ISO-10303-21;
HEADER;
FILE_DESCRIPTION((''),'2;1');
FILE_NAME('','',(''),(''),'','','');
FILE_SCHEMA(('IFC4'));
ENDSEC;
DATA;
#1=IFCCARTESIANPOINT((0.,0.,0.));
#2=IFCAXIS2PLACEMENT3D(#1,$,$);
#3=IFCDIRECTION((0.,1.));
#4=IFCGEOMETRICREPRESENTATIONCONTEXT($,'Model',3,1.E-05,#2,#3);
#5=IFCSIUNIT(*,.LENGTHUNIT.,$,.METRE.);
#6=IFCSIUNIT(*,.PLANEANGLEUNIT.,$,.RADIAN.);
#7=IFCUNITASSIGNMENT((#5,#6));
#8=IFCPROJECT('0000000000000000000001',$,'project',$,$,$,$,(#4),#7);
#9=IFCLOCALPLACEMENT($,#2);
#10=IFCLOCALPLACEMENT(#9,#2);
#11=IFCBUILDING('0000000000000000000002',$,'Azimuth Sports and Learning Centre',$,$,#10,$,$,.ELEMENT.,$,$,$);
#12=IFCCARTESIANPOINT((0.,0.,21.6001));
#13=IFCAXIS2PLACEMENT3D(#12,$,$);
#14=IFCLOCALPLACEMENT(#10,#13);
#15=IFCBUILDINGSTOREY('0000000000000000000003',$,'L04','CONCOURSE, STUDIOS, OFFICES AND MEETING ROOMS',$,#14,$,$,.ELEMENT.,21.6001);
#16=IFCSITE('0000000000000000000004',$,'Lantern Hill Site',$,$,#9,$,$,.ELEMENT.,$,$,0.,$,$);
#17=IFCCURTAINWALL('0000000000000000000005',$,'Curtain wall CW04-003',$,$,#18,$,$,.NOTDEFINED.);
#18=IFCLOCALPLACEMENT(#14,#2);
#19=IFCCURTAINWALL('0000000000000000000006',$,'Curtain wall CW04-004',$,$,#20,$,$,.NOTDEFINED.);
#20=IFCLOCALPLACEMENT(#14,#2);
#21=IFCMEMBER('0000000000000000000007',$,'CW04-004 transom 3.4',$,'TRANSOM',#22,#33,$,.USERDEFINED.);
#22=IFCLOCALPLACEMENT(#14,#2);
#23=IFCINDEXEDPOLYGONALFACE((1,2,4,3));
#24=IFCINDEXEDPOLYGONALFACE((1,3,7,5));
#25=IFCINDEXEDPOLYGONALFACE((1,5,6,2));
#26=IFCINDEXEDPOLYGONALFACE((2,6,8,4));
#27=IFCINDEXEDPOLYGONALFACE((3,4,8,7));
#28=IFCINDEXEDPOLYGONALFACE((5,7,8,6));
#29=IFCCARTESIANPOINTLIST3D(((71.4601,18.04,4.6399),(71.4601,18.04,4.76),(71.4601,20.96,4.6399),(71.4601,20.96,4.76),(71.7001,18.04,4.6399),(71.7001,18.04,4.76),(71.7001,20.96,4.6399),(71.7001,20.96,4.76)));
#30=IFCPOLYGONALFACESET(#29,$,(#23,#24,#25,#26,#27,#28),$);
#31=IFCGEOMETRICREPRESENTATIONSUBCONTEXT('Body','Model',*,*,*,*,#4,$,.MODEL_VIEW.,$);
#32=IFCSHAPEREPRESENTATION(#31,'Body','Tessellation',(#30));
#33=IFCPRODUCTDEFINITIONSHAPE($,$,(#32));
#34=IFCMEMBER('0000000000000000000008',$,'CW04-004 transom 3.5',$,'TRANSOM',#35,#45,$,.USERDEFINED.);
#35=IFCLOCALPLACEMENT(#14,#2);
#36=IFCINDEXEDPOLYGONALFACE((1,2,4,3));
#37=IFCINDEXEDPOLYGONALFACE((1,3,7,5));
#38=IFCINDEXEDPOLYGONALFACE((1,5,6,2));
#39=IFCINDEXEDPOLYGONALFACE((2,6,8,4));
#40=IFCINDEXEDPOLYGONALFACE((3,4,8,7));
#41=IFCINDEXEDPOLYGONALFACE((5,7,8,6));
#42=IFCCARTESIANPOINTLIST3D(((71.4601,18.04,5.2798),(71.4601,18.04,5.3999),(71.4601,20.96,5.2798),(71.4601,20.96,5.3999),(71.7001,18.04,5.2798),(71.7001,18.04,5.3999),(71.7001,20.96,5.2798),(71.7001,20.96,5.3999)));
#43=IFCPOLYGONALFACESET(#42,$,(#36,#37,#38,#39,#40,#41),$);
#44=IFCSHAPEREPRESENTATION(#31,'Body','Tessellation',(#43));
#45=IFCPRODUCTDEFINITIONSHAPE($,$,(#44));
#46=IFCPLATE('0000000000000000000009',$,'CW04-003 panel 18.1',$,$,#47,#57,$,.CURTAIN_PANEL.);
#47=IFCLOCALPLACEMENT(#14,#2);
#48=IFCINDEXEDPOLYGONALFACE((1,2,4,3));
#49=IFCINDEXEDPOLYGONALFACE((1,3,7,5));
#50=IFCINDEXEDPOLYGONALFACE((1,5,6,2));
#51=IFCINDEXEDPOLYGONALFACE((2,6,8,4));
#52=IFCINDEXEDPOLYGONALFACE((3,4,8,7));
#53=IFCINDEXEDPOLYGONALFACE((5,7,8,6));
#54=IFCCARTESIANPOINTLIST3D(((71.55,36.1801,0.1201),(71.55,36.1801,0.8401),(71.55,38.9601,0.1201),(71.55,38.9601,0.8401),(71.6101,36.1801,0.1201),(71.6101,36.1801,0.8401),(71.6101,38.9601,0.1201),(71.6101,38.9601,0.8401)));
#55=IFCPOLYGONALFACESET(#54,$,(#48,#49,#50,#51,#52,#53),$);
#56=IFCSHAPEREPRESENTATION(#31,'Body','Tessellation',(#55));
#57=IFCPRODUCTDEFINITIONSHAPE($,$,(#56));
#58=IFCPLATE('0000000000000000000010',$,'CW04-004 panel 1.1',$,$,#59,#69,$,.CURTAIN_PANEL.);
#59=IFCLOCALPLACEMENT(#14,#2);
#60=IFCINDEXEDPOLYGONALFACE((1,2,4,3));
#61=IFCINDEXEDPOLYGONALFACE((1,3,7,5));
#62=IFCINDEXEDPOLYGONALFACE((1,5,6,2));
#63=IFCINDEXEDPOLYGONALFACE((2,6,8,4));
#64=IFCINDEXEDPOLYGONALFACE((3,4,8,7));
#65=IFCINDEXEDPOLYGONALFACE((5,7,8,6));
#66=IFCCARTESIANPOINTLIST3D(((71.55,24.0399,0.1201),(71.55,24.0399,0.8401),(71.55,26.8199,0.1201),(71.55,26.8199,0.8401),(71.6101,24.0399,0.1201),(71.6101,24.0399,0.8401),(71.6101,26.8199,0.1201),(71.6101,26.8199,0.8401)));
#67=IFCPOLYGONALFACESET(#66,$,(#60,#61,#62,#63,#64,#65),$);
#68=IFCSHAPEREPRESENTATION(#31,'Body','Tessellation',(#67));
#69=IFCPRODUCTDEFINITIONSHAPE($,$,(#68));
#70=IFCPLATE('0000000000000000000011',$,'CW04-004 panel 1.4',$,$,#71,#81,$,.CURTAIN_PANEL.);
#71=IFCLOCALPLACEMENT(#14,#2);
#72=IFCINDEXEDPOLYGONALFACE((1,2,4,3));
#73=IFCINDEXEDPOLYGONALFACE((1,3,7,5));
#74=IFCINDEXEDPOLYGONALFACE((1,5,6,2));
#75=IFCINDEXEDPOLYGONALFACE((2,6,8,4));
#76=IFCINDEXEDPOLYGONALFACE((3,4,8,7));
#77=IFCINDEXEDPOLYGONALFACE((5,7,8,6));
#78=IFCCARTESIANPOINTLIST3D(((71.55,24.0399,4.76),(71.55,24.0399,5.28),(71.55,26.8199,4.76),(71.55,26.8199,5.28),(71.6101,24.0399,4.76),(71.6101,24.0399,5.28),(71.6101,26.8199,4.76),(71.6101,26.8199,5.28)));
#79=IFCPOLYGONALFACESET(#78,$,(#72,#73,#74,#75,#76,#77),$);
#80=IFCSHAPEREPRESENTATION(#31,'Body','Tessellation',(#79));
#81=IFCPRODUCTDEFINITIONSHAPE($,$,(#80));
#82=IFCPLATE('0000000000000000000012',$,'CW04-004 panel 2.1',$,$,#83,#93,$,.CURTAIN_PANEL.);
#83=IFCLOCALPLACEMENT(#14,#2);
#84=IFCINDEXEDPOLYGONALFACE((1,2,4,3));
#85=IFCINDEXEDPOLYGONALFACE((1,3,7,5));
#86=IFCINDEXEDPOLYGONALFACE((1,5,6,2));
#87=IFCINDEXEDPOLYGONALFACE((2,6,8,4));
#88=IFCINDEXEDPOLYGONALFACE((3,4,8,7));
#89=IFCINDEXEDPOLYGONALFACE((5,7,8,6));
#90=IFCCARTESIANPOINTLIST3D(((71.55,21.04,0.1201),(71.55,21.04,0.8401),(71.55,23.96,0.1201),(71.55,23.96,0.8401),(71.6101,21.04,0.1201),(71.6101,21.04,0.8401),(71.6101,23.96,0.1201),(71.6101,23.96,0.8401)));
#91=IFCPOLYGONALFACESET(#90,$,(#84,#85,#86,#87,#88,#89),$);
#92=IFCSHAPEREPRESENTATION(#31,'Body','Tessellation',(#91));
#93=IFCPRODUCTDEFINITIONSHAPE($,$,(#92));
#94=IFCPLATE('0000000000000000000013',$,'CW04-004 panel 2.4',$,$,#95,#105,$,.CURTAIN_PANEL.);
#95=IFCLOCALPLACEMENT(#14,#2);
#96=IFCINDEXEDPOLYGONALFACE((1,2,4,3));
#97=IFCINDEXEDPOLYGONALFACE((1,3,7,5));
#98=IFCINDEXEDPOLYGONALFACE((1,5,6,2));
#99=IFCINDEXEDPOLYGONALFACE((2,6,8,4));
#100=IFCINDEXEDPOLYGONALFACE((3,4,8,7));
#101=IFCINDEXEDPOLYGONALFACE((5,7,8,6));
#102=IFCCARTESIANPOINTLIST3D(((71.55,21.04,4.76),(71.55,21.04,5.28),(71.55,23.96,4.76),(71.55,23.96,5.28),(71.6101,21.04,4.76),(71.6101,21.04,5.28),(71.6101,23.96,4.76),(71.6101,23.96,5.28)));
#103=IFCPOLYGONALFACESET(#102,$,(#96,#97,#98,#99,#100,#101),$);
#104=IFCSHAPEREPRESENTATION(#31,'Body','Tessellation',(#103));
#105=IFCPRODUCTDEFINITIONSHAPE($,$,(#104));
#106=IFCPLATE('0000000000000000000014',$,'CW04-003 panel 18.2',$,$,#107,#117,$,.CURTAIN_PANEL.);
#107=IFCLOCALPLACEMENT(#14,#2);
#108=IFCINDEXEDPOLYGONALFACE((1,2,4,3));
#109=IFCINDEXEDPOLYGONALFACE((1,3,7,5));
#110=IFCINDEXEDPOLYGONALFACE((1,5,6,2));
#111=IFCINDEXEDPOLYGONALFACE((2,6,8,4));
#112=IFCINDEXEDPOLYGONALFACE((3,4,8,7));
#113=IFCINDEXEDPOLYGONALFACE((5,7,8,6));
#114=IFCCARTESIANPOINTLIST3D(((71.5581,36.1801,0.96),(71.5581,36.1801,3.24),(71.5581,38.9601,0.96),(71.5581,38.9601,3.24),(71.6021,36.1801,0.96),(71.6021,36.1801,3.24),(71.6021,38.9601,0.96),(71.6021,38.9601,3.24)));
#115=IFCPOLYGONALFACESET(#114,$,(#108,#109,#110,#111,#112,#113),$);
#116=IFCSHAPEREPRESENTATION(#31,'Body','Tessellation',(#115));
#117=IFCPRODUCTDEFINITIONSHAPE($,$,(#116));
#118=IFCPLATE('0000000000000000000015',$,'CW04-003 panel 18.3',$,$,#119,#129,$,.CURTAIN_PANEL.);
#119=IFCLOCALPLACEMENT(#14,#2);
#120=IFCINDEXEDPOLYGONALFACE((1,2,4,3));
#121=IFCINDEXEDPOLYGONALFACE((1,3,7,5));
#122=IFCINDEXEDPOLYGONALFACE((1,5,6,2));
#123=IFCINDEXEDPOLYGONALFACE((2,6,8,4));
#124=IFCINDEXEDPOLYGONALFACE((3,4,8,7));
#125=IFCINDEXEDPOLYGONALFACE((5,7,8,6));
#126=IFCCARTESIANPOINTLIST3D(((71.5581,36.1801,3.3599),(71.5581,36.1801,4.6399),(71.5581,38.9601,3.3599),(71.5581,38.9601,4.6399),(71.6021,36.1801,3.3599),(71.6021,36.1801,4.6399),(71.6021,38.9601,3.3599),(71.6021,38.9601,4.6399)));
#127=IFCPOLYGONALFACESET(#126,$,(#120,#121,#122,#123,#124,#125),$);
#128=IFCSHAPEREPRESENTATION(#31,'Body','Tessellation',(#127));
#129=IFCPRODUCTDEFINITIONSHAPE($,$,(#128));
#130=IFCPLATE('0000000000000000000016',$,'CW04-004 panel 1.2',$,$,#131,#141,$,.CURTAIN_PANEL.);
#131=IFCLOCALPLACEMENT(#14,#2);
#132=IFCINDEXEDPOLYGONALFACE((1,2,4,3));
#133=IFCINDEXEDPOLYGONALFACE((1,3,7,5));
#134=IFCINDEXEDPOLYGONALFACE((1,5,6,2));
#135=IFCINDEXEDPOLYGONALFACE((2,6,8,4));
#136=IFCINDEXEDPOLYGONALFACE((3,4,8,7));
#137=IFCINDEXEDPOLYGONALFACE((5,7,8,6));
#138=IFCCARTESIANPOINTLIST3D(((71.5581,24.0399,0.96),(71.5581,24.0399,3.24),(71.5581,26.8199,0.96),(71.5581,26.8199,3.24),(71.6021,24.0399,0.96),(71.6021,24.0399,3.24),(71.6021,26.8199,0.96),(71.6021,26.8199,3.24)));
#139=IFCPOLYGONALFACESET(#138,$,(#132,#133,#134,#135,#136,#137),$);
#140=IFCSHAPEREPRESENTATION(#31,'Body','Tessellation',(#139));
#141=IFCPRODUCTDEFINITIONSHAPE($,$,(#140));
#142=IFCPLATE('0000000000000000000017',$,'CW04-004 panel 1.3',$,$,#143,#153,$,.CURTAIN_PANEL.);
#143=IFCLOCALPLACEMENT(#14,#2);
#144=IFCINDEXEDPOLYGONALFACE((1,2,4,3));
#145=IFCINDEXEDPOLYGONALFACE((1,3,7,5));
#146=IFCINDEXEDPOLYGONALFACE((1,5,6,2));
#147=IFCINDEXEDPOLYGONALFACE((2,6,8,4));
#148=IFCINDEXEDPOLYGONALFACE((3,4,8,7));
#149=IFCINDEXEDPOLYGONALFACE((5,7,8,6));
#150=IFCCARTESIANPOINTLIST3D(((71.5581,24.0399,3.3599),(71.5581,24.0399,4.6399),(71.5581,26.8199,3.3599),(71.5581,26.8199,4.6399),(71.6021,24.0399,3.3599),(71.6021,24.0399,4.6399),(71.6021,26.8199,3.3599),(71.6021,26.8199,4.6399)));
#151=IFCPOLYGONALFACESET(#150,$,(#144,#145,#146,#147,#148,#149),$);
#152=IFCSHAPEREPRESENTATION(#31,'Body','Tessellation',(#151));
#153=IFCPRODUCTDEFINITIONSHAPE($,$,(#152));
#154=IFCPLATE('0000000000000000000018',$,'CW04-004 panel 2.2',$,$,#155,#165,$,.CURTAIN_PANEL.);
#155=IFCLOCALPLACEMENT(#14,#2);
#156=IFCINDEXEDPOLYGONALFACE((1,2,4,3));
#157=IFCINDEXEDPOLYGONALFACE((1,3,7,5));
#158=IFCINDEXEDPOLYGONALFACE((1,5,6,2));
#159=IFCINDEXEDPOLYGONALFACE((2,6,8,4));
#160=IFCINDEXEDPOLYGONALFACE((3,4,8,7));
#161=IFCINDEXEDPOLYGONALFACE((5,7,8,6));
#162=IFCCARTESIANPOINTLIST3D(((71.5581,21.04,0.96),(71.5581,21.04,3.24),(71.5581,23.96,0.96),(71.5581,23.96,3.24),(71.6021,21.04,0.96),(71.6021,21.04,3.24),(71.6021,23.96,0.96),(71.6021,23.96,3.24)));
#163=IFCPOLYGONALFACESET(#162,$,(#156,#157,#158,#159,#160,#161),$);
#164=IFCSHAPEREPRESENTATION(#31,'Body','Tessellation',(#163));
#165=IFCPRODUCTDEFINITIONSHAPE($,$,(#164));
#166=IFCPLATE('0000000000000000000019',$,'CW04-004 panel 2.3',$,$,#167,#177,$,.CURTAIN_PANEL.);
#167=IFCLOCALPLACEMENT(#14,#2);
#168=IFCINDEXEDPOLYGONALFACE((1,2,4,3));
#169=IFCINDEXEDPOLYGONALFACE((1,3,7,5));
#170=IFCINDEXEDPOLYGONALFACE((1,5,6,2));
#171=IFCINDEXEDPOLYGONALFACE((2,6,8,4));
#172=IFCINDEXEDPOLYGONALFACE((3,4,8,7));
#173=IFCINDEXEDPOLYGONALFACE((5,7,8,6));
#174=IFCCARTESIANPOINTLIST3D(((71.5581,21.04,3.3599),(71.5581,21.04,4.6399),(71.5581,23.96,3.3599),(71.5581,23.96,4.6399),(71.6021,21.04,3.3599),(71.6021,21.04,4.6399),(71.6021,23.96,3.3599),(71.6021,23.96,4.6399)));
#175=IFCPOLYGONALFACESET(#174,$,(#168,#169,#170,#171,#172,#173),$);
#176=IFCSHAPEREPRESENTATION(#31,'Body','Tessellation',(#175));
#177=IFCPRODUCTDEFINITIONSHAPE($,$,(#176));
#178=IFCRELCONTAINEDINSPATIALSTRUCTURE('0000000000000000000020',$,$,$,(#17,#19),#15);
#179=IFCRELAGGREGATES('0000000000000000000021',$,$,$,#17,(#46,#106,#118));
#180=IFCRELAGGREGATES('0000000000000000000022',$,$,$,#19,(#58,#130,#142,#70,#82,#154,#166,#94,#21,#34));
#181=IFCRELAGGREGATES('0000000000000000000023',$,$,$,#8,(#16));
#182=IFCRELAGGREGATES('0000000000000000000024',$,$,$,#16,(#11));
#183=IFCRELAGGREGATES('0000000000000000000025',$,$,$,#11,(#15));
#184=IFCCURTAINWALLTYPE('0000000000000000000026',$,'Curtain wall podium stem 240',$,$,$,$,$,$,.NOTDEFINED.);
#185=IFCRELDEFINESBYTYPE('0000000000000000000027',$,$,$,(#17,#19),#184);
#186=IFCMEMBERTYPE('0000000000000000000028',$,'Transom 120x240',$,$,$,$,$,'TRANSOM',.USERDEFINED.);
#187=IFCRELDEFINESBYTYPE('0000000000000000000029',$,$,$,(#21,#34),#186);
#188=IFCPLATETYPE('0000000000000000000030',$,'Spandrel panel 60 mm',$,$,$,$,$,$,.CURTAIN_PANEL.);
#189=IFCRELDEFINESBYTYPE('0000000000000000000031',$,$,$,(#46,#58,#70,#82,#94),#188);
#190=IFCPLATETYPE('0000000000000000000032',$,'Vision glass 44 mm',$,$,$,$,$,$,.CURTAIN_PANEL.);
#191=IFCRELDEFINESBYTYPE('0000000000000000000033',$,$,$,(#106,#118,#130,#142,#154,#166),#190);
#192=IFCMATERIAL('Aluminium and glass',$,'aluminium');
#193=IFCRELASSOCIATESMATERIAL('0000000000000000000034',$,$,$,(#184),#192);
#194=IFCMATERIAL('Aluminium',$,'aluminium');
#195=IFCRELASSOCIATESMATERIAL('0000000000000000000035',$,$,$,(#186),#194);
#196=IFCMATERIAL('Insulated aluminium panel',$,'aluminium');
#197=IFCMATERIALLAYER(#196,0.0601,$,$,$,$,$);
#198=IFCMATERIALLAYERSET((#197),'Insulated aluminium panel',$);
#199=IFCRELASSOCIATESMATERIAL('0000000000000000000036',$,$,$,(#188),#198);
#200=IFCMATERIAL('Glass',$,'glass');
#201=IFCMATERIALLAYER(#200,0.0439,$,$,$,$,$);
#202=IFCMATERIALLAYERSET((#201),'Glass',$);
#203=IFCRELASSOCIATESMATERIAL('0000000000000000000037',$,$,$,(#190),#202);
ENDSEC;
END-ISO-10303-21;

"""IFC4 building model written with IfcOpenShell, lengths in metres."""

from ifc_helpers import new_model, si_unit, direction, frame, origin, origin_2d, place, context, subcontext, project, spatial, rectangle, extrude, material, layer, layer_set, material_profile, profile_set, type_object, element, aggregate, save


model = new_model("IFC4")

# Units and contexts
model_context = context("Model", 3, precision=1e-05, world=origin(), true_north=direction((0.0, 1.0)))
body_context = subcontext(model_context, "Body", "Model", "MODEL_VIEW")
ifc_project = project(units=[si_unit("LENGTHUNIT", "METRE"), si_unit("PLANEANGLEUNIT", "RADIAN")], contexts=[model_context])

# Site, building, storey
site_placement = place(None, origin())
site = spatial("IfcSite", under=ifc_project, at=site_placement, Name="Lantern Hill Site", CompositionType="ELEMENT", RefElevation=0.0)
building_placement = place(site_placement, origin())
building = spatial("IfcBuilding", under=site, at=building_placement, Name="Azimuth Sports and Learning Centre", CompositionType="ELEMENT")
storey_placement = place(building_placement, frame((0.0, 0.0, 21.6001)))
storey = spatial("IfcBuildingStorey", under=building, at=storey_placement, Name="L04", Description="CONCOURSE, STUDIOS, OFFICES AND MEETING ROOMS", CompositionType="ELEMENT", Elevation=21.6001)

# Curtain wall
ifc_material_1 = material(Name="Aluminium and glass", Category="aluminium")
curtain_wall_type = type_object("IfcCurtainWallType", Name="Curtain wall podium stem 240", PredefinedType="NOTDEFINED", material=ifc_material_1)
curtain_wall_1_placement = place(storey_placement, origin())
curtain_wall_1 = element("IfcCurtainWall", 1, at=curtain_wall_1_placement, inside=storey, type_object=curtain_wall_type, Name="Curtain wall CW04-003", PredefinedType="NOTDEFINED")

# Curtain wall, members
curtain_wall_2_placement = place(storey_placement, origin())
curtain_wall_2 = element("IfcCurtainWall", 2, at=curtain_wall_2_placement, inside=storey, type_object=curtain_wall_type, Name="Curtain wall CW04-004", PredefinedType="NOTDEFINED")
ifc_material_2 = material(Name="Aluminium", Category="aluminium")
ifc_material_profile_1 = material_profile(ifc_material_2, rectangle(XDim=0.24, YDim=0.1201, at=origin_2d()), Name="Transom 120x240")
ifc_profile_set_1 = profile_set([ifc_material_profile_1], Name="Aluminium")
member_type_1 = type_object("IfcMemberType", Name="Transom 120x240", ElementType="TRANSOM", PredefinedType="USERDEFINED", material=ifc_profile_set_1)
member_1_placement = place(storey_placement, frame((71.5801, 20.96, 4.7), z_axis=(0.0, -1.0, 0.0), x_axis=(1.0, 0.0, 0.0)))
member_1 = element("IfcMember", 3, at=member_1_placement, type_object=member_type_1, Name="CW04-004 transom 3.4", ObjectType="TRANSOM", PredefinedType="USERDEFINED", context=body_context, shape_type="SweptSolid", body=[
    extrude(rectangle(XDim=0.24, YDim=0.1201, at=origin_2d()), origin(), (0.0, 0.0, 1.0), 2.9199),
])
member_2_placement = place(storey_placement, frame((71.5801, 20.96, 5.3398), z_axis=(0.0, -1.0, 0.0), x_axis=(1.0, 0.0, 0.0)))
member_2 = element("IfcMember", 4, at=member_2_placement, type_object=member_type_1, Name="CW04-004 transom 3.5", ObjectType="TRANSOM", PredefinedType="USERDEFINED", context=body_context, shape_type="SweptSolid", body=[
    extrude(rectangle(XDim=0.24, YDim=0.1201, at=origin_2d()), origin(), (0.0, 0.0, 1.0), 2.9199),
])

# Plates
ifc_material_3 = material(Name="Insulated aluminium panel", Category="aluminium")
ifc_layer_1 = layer(ifc_material_3, 0.0601)
ifc_layer_set_1 = layer_set([ifc_layer_1], Name="Insulated aluminium panel")
plate_type_1 = type_object("IfcPlateType", Name="Spandrel panel 60 mm", PredefinedType="CURTAIN_PANEL", material=ifc_layer_set_1)
plate_1_placement = place(storey_placement, frame((71.5801, 37.5701, 0.1201), z_axis=(0.0, 0.0, 1.0), x_axis=(0.0, -1.0, 0.0)))
plate_1 = element("IfcPlate", 5, at=plate_1_placement, type_object=plate_type_1, Name="CW04-003 panel 18.1", PredefinedType="CURTAIN_PANEL", context=body_context, shape_type="SweptSolid", body=[
    extrude(rectangle(XDim=2.78, YDim=0.0601, at=origin_2d()), origin(), (0.0, 0.0, 1.0), 0.72),
])
plate_2_placement = place(storey_placement, frame((71.5801, 25.4299, 0.1201), z_axis=(0.0, 0.0, 1.0), x_axis=(0.0, -1.0, 0.0)))
plate_2 = element("IfcPlate", 6, at=plate_2_placement, type_object=plate_type_1, Name="CW04-004 panel 1.1", PredefinedType="CURTAIN_PANEL", context=body_context, shape_type="SweptSolid", body=[
    extrude(rectangle(XDim=2.78, YDim=0.0601, at=origin_2d()), origin(), (0.0, 0.0, 1.0), 0.72),
])
plate_3_placement = place(storey_placement, frame((71.5801, 25.4299, 4.76), z_axis=(0.0, 0.0, 1.0), x_axis=(0.0, -1.0, 0.0)))
plate_3 = element("IfcPlate", 7, at=plate_3_placement, type_object=plate_type_1, Name="CW04-004 panel 1.4", PredefinedType="CURTAIN_PANEL", context=body_context, shape_type="SweptSolid", body=[
    extrude(rectangle(XDim=2.78, YDim=0.0601, at=origin_2d()), origin(), (0.0, 0.0, 1.0), 0.52),
])
plate_4_placement = place(storey_placement, frame((71.5801, 22.5, 0.1201), z_axis=(0.0, 0.0, 1.0), x_axis=(0.0, -1.0, 0.0)))
plate_4 = element("IfcPlate", 8, at=plate_4_placement, type_object=plate_type_1, Name="CW04-004 panel 2.1", PredefinedType="CURTAIN_PANEL", context=body_context, shape_type="SweptSolid", body=[
    extrude(rectangle(XDim=2.9199, YDim=0.0601, at=origin_2d()), origin(), (0.0, 0.0, 1.0), 0.72),
])
plate_5_placement = place(storey_placement, frame((71.5801, 22.5, 4.76), z_axis=(0.0, 0.0, 1.0), x_axis=(0.0, -1.0, 0.0)))
plate_5 = element("IfcPlate", 9, at=plate_5_placement, type_object=plate_type_1, Name="CW04-004 panel 2.4", PredefinedType="CURTAIN_PANEL", context=body_context, shape_type="SweptSolid", body=[
    extrude(rectangle(XDim=2.9199, YDim=0.0601, at=origin_2d()), origin(), (0.0, 0.0, 1.0), 0.52),
])
ifc_material_4 = material(Name="Glass", Category="glass")
ifc_layer_2 = layer(ifc_material_4, 0.0439)
ifc_layer_set_2 = layer_set([ifc_layer_2], Name="Glass")
plate_type_2 = type_object("IfcPlateType", Name="Vision glass 44 mm", PredefinedType="CURTAIN_PANEL", material=ifc_layer_set_2)
plate_6_placement = place(storey_placement, frame((71.5801, 37.5701, 0.96), z_axis=(0.0, 0.0, 1.0), x_axis=(0.0, -1.0, 0.0)))
plate_6 = element("IfcPlate", 10, at=plate_6_placement, type_object=plate_type_2, Name="CW04-003 panel 18.2", PredefinedType="CURTAIN_PANEL", context=body_context, shape_type="SweptSolid", body=[
    extrude(rectangle(XDim=2.78, YDim=0.0439, at=origin_2d()), origin(), (0.0, 0.0, 1.0), 2.28),
])
plate_7_placement = place(storey_placement, frame((71.5801, 37.5701, 3.3599), z_axis=(0.0, 0.0, 1.0), x_axis=(0.0, -1.0, 0.0)))
plate_7 = element("IfcPlate", 11, at=plate_7_placement, type_object=plate_type_2, Name="CW04-003 panel 18.3", PredefinedType="CURTAIN_PANEL", context=body_context, shape_type="SweptSolid", body=[
    extrude(rectangle(XDim=2.78, YDim=0.0439, at=origin_2d()), origin(), (0.0, 0.0, 1.0), 1.28),
])
aggregate(curtain_wall_1, [plate_1, plate_6, plate_7])
plate_8_placement = place(storey_placement, frame((71.5801, 25.4299, 0.96), z_axis=(0.0, 0.0, 1.0), x_axis=(0.0, -1.0, 0.0)))
plate_8 = element("IfcPlate", 12, at=plate_8_placement, type_object=plate_type_2, Name="CW04-004 panel 1.2", PredefinedType="CURTAIN_PANEL", context=body_context, shape_type="SweptSolid", body=[
    extrude(rectangle(XDim=2.78, YDim=0.0439, at=origin_2d()), origin(), (0.0, 0.0, 1.0), 2.28),
])
plate_9_placement = place(storey_placement, frame((71.5801, 25.4299, 3.3599), z_axis=(0.0, 0.0, 1.0), x_axis=(0.0, -1.0, 0.0)))
plate_9 = element("IfcPlate", 13, at=plate_9_placement, type_object=plate_type_2, Name="CW04-004 panel 1.3", PredefinedType="CURTAIN_PANEL", context=body_context, shape_type="SweptSolid", body=[
    extrude(rectangle(XDim=2.78, YDim=0.0439, at=origin_2d()), origin(), (0.0, 0.0, 1.0), 1.28),
])
plate_10_placement = place(storey_placement, frame((71.5801, 22.5, 0.96), z_axis=(0.0, 0.0, 1.0), x_axis=(0.0, -1.0, 0.0)))
plate_10 = element("IfcPlate", 14, at=plate_10_placement, type_object=plate_type_2, Name="CW04-004 panel 2.2", PredefinedType="CURTAIN_PANEL", context=body_context, shape_type="SweptSolid", body=[
    extrude(rectangle(XDim=2.9199, YDim=0.0439, at=origin_2d()), origin(), (0.0, 0.0, 1.0), 2.28),
])
plate_11_placement = place(storey_placement, frame((71.5801, 22.5, 3.3599), z_axis=(0.0, 0.0, 1.0), x_axis=(0.0, -1.0, 0.0)))
plate_11 = element("IfcPlate", 15, at=plate_11_placement, type_object=plate_type_2, Name="CW04-004 panel 2.3", PredefinedType="CURTAIN_PANEL", context=body_context, shape_type="SweptSolid", body=[
    extrude(rectangle(XDim=2.9199, YDim=0.0439, at=origin_2d()), origin(), (0.0, 0.0, 1.0), 1.28),
])
aggregate(curtain_wall_2, [plate_2, plate_8, plate_9, plate_3, plate_4, plate_10, plate_11, plate_5, member_1, member_2])

save(model, "model.ifc")
